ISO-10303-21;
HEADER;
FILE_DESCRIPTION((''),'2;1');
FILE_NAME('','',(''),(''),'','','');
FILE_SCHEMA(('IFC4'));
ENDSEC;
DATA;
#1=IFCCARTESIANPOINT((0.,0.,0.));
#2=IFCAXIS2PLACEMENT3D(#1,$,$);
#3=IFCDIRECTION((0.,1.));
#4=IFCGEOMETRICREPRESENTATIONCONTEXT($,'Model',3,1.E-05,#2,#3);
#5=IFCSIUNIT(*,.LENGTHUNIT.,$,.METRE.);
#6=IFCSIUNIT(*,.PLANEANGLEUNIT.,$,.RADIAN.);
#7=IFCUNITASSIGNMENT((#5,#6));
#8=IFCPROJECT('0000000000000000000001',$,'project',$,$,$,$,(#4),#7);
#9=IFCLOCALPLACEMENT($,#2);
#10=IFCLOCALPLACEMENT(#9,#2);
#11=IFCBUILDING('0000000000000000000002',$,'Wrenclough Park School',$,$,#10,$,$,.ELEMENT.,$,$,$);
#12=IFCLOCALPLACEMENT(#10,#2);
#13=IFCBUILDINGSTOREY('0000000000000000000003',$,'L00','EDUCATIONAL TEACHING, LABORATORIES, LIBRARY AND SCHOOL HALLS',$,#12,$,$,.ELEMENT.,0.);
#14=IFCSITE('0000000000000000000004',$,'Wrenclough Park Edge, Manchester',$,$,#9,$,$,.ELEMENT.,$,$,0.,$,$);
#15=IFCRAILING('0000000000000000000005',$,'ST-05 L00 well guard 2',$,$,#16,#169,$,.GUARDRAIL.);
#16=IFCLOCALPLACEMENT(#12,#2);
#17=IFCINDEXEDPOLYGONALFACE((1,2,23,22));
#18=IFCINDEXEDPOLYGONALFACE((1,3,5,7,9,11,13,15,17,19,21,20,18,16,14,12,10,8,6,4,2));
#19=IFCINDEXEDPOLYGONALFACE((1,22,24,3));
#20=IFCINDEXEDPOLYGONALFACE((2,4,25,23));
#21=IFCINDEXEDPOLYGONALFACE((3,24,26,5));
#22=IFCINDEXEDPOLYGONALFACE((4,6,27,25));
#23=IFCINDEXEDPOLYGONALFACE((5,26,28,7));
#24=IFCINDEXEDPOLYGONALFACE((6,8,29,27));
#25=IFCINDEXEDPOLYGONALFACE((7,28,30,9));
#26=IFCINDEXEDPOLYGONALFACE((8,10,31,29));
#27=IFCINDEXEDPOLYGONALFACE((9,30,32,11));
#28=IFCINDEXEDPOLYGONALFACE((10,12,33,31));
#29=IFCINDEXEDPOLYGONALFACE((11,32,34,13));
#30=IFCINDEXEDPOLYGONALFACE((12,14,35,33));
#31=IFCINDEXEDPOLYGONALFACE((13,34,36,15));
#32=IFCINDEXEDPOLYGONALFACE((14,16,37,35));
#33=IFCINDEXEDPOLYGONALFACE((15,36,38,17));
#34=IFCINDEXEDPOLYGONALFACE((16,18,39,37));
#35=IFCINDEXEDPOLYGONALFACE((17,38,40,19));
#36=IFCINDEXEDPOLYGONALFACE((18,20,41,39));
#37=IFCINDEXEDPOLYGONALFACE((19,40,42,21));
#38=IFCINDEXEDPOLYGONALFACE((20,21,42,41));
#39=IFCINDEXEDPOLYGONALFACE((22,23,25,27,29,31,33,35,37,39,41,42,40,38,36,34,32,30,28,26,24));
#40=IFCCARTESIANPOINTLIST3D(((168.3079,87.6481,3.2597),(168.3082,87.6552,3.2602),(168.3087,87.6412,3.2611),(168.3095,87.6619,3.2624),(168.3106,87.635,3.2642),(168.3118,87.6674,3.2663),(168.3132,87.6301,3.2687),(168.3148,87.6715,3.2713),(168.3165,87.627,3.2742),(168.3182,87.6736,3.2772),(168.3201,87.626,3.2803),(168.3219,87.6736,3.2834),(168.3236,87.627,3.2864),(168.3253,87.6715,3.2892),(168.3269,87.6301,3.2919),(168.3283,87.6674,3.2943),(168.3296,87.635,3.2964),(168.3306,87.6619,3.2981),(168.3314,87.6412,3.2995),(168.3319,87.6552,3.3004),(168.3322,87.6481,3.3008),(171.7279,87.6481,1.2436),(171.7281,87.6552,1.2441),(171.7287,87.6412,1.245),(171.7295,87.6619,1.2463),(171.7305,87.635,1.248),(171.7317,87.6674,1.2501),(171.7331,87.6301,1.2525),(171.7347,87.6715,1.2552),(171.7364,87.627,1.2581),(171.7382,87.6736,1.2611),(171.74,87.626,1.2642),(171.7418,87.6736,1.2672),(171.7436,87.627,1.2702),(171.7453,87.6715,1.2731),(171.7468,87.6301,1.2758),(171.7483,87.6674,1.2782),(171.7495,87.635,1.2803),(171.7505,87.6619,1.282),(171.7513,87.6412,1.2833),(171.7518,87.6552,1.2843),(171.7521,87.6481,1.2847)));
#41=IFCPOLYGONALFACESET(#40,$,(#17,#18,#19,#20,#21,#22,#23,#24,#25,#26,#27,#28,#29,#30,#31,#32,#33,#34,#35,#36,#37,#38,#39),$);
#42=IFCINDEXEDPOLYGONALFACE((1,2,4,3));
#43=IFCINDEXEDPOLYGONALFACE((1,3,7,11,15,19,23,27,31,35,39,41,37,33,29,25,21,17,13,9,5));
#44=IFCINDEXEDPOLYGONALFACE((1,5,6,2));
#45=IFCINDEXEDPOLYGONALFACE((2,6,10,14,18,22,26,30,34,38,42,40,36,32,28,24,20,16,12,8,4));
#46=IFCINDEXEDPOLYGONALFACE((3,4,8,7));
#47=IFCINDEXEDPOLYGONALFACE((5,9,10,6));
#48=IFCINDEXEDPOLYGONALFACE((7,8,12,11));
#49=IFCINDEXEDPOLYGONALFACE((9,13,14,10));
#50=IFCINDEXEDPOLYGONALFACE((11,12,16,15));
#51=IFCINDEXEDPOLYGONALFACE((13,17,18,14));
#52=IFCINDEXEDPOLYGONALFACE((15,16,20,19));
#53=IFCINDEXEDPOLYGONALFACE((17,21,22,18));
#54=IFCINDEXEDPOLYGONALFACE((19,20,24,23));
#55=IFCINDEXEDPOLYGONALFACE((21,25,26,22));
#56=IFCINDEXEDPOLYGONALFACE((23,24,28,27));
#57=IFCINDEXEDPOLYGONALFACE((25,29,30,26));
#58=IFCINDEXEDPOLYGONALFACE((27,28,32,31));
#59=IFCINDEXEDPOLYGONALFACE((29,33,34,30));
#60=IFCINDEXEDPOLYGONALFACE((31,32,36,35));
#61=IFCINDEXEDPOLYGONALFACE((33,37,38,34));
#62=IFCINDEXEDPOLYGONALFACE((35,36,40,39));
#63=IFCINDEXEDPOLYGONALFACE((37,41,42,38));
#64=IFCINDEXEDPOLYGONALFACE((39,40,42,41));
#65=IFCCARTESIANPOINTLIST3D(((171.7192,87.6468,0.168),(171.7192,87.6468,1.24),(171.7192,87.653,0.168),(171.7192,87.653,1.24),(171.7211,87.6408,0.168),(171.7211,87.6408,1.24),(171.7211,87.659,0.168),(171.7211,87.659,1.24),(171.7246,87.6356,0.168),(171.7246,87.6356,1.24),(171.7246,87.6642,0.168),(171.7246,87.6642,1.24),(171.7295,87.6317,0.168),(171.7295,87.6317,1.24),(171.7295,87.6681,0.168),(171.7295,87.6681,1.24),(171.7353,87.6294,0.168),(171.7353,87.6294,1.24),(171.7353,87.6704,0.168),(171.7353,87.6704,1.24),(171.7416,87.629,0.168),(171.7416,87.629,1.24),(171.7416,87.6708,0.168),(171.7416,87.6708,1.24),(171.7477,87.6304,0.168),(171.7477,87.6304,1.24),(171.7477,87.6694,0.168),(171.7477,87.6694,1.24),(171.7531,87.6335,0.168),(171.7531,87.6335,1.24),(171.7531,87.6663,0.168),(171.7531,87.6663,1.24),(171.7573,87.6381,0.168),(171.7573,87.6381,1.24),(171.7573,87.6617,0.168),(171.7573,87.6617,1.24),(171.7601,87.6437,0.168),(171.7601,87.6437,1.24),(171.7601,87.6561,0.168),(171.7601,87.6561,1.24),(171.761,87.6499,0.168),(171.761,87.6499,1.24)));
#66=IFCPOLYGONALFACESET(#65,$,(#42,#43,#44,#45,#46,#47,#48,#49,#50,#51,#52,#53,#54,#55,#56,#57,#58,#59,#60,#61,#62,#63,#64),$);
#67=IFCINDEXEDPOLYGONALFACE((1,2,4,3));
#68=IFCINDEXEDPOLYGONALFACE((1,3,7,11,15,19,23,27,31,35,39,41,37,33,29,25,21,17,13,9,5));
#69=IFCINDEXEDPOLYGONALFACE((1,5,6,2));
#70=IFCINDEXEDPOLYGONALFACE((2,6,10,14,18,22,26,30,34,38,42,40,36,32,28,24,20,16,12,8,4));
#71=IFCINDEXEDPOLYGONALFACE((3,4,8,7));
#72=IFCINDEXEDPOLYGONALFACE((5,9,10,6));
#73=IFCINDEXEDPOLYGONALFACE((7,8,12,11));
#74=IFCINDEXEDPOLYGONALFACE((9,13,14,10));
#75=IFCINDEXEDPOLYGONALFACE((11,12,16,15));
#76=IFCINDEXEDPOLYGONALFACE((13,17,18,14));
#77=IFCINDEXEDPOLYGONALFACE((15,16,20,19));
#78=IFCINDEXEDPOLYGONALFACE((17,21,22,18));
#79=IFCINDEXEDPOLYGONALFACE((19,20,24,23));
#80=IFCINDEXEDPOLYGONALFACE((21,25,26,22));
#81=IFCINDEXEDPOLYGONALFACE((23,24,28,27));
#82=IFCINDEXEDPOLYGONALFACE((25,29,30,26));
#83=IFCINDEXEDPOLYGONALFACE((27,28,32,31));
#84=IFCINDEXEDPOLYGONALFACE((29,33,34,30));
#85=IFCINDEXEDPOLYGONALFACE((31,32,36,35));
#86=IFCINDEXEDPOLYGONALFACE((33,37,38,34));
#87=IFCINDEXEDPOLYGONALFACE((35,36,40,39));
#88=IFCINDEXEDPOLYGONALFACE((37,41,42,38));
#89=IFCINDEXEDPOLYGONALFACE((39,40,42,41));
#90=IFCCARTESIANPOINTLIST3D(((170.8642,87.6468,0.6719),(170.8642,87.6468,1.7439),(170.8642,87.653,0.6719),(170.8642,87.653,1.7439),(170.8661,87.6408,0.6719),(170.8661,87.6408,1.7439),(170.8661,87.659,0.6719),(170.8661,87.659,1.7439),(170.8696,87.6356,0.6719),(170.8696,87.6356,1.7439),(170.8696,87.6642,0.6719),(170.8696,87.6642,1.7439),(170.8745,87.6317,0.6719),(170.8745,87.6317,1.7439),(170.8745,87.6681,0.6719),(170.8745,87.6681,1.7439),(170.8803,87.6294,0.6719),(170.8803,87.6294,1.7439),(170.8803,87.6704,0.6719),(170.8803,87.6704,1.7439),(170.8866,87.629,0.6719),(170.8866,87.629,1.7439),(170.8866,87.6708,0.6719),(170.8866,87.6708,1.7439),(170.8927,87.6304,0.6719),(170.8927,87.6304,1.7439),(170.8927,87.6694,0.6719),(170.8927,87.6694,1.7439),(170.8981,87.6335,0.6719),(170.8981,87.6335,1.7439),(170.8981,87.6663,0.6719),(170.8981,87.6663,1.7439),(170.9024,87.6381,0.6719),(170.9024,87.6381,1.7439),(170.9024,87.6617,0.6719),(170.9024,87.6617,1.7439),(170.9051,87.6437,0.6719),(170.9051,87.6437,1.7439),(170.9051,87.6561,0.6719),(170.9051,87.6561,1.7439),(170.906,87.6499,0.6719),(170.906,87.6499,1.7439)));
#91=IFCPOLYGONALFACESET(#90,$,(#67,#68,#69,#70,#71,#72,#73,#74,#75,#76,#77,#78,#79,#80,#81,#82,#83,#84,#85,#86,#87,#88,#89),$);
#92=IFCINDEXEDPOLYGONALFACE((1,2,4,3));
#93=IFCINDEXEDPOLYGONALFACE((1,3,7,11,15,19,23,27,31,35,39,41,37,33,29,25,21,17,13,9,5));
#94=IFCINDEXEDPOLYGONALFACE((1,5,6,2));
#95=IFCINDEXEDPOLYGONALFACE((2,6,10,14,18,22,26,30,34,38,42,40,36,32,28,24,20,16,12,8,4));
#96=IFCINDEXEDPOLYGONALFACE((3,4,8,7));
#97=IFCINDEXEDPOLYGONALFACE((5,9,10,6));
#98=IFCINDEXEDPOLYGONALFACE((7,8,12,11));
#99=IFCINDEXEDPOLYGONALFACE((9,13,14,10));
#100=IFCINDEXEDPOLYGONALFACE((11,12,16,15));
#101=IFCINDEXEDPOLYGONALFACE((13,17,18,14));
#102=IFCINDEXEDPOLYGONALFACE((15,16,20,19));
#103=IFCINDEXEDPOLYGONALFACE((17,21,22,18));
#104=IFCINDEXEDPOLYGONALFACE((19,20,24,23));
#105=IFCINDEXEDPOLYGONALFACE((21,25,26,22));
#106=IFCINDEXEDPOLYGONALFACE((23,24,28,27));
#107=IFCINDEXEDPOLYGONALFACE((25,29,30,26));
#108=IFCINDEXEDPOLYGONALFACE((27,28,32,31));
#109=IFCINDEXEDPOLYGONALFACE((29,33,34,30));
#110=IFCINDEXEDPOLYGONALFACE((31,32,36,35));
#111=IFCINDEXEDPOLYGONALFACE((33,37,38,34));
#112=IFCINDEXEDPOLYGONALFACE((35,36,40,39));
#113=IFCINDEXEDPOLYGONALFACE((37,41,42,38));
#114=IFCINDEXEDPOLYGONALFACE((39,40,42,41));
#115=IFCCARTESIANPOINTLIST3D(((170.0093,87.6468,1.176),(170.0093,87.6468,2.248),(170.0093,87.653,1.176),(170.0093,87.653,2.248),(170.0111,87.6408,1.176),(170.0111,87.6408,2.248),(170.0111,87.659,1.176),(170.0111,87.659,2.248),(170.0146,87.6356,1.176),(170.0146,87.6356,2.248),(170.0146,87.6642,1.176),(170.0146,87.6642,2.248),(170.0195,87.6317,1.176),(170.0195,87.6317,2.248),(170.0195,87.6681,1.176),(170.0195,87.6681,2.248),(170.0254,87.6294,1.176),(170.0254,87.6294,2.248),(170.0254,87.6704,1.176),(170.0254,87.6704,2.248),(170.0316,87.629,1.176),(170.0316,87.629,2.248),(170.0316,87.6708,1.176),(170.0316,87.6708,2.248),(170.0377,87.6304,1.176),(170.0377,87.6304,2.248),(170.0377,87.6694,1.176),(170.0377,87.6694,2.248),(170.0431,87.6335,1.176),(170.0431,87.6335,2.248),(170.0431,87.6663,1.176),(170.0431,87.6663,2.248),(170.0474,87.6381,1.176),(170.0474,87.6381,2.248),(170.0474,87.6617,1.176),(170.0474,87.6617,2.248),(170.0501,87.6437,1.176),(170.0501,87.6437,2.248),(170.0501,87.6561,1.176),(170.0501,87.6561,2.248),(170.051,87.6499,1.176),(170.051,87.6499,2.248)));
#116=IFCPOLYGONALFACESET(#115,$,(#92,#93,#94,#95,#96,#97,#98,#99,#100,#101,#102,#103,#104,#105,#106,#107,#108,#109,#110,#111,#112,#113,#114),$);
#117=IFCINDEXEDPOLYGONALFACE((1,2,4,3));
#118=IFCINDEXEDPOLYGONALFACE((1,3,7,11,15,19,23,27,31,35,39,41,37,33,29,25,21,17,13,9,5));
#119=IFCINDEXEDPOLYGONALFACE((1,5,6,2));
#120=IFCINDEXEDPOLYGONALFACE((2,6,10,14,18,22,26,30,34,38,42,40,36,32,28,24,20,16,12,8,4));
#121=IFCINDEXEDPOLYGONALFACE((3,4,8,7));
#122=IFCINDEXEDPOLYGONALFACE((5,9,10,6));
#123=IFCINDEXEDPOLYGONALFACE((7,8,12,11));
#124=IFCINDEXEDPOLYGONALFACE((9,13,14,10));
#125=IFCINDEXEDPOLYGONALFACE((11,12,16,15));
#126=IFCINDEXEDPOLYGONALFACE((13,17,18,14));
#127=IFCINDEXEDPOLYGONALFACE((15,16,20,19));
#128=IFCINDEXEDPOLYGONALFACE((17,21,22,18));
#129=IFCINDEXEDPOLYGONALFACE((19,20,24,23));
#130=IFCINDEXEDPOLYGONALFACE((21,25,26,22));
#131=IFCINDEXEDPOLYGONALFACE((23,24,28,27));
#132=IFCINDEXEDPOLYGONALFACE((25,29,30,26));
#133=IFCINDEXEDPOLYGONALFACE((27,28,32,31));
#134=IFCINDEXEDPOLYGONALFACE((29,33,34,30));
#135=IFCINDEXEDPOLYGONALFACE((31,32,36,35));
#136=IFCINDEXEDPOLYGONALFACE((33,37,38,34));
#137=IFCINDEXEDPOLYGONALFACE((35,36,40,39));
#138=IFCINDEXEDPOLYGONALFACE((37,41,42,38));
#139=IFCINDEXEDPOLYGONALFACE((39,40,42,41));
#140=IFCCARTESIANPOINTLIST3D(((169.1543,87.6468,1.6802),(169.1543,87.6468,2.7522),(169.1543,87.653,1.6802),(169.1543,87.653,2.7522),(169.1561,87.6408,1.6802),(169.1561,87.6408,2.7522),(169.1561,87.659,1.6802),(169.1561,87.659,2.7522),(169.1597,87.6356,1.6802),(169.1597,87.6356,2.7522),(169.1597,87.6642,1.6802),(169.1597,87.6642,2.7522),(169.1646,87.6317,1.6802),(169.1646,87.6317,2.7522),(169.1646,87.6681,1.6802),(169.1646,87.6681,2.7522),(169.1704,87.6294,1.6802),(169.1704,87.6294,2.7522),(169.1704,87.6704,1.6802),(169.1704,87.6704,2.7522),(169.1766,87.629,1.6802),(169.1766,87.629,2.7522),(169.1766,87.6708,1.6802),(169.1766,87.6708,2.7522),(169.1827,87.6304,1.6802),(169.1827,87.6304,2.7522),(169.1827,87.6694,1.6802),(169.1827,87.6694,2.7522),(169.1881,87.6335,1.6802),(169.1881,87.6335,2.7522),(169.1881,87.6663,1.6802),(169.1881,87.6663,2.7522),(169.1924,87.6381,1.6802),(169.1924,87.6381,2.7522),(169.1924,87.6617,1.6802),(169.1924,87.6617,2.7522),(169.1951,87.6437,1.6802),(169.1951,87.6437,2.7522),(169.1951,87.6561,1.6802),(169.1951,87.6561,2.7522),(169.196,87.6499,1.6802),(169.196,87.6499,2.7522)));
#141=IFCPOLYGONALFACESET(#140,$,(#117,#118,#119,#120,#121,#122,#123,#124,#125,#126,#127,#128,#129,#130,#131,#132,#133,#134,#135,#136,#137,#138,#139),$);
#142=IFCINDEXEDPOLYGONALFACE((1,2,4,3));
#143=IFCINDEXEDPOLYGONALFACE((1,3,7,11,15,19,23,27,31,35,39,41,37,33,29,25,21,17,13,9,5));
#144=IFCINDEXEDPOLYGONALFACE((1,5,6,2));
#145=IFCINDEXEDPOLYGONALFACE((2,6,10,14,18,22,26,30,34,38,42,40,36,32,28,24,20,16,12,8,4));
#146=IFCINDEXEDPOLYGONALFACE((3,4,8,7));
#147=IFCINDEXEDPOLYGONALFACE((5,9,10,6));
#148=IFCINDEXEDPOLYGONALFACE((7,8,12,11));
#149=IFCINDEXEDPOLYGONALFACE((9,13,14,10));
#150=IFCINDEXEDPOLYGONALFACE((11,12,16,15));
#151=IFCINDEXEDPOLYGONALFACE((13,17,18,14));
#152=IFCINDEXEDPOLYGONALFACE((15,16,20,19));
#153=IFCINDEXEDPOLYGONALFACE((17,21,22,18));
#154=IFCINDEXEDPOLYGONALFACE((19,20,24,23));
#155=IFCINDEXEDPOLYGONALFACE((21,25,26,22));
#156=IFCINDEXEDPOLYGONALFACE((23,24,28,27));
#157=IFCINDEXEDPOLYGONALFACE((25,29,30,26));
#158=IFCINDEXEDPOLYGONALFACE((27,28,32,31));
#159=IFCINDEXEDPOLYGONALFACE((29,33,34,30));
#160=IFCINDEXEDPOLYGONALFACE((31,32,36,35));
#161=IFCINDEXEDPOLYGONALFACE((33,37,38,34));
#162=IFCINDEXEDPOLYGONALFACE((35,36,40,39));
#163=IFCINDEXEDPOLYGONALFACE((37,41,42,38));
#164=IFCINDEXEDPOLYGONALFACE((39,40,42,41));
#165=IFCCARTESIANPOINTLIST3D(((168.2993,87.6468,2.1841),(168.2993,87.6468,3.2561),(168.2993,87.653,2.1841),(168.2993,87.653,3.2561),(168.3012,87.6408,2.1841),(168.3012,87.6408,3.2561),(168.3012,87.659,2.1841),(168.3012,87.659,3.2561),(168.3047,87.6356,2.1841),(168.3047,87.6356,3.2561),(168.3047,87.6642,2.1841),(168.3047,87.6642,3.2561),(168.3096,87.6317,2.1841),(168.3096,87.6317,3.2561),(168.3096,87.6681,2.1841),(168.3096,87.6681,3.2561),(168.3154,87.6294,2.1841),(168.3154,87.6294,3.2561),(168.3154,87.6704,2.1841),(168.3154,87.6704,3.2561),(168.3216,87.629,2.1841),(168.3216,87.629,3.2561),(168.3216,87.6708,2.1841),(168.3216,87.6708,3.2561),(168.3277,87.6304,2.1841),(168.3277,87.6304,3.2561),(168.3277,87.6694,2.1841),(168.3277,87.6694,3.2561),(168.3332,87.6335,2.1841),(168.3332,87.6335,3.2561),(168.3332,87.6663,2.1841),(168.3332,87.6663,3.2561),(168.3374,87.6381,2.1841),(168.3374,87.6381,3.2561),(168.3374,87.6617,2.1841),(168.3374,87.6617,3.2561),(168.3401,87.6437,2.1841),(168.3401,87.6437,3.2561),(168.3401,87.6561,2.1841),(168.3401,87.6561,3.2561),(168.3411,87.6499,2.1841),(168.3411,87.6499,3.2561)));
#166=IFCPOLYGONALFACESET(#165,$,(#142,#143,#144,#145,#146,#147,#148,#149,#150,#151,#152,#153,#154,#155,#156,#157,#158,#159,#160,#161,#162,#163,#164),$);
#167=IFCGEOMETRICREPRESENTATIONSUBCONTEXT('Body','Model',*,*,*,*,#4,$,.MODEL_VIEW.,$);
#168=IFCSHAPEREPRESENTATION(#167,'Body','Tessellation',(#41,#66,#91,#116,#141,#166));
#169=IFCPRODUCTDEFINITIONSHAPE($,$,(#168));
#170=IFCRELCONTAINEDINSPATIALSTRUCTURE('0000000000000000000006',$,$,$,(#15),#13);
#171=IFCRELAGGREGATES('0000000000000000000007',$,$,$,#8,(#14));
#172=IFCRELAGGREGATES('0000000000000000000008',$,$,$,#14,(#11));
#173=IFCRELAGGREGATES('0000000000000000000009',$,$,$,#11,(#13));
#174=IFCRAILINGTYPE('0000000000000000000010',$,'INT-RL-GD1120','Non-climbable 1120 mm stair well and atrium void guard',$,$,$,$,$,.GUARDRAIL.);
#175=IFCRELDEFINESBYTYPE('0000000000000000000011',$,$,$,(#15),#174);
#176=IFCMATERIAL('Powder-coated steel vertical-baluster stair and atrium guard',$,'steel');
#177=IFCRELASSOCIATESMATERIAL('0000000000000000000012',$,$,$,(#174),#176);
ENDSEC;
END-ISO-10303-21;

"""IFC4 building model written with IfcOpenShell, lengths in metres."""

from ifc_helpers import new_model, si_unit, direction, frame, origin, origin_2d, place, context, subcontext, project, spatial, circle, extrude, material, type_object, element, save


model = new_model("IFC4")

# Units and contexts
model_context = context("Model", 3, precision=1e-05, world=origin(), true_north=direction((0.0, 1.0)))
body_context = subcontext(model_context, "Body", "Model", "MODEL_VIEW")
ifc_project = project(units=[si_unit("LENGTHUNIT", "METRE"), si_unit("PLANEANGLEUNIT", "RADIAN")], contexts=[model_context])

# Site, building, storey
site_placement = place(None, origin())
site = spatial("IfcSite", under=ifc_project, at=site_placement, Name="Wrenclough Park Edge, Manchester", CompositionType="ELEMENT", RefElevation=0.0)
building_placement = place(site_placement, origin())
building = spatial("IfcBuilding", under=site, at=building_placement, Name="Wrenclough Park School", CompositionType="ELEMENT")
storey_placement = place(building_placement, origin())
storey = spatial("IfcBuildingStorey", under=building, at=storey_placement, Name="L00", Description="EDUCATIONAL TEACHING, LABORATORIES, LIBRARY AND SCHOOL HALLS", CompositionType="ELEMENT", Elevation=0.0)

# Railing
ifc_material_1 = material(Name="Powder-coated steel vertical-baluster stair and atrium guard", Category="steel")
railing_type_1 = type_object("IfcRailingType", Name="INT-RL-GD1120", Description="Non-climbable 1120 mm stair well and atrium void guard", PredefinedType="GUARDRAIL", material=ifc_material_1)
railing_1_placement = place(storey_placement, frame((171.74, 87.6499, 0.168)))
element("IfcRailing", 1, at=railing_1_placement, inside=storey, type_object=railing_type_1, Name="ST-05 L00 well guard 2", PredefinedType="GUARDRAIL", context=body_context, shape_type="SweptSolid", body=[
    extrude(circle(Radius=0.0239, at=origin_2d()), frame((0.0, 0.0, 1.0962), z_axis=(-0.86145, 0.0, 0.507842), x_axis=(0.0, -1.0, 0.0)), (0.0, 0.0, 1.0), 3.97),
    extrude(circle(Radius=0.021, at=origin_2d()), origin(), (0.0, 0.0, 1.0), 1.072),
    extrude(circle(Radius=0.021, at=origin_2d()), frame((-0.855, 0.0, 0.5039)), (0.0, 0.0, 1.0), 1.072),
    extrude(circle(Radius=0.021, at=origin_2d()), frame((-1.71, 0.0, 1.0081)), (0.0, 0.0, 1.0), 1.072),
    extrude(circle(Radius=0.021, at=origin_2d()), frame((-2.5649, 0.0, 1.5122)), (0.0, 0.0, 1.0), 1.072),
    extrude(circle(Radius=0.021, at=origin_2d()), frame((-3.4199, 0.0, 2.0161)), (0.0, 0.0, 1.0), 1.072),
])

save(model, "model.ifc")
